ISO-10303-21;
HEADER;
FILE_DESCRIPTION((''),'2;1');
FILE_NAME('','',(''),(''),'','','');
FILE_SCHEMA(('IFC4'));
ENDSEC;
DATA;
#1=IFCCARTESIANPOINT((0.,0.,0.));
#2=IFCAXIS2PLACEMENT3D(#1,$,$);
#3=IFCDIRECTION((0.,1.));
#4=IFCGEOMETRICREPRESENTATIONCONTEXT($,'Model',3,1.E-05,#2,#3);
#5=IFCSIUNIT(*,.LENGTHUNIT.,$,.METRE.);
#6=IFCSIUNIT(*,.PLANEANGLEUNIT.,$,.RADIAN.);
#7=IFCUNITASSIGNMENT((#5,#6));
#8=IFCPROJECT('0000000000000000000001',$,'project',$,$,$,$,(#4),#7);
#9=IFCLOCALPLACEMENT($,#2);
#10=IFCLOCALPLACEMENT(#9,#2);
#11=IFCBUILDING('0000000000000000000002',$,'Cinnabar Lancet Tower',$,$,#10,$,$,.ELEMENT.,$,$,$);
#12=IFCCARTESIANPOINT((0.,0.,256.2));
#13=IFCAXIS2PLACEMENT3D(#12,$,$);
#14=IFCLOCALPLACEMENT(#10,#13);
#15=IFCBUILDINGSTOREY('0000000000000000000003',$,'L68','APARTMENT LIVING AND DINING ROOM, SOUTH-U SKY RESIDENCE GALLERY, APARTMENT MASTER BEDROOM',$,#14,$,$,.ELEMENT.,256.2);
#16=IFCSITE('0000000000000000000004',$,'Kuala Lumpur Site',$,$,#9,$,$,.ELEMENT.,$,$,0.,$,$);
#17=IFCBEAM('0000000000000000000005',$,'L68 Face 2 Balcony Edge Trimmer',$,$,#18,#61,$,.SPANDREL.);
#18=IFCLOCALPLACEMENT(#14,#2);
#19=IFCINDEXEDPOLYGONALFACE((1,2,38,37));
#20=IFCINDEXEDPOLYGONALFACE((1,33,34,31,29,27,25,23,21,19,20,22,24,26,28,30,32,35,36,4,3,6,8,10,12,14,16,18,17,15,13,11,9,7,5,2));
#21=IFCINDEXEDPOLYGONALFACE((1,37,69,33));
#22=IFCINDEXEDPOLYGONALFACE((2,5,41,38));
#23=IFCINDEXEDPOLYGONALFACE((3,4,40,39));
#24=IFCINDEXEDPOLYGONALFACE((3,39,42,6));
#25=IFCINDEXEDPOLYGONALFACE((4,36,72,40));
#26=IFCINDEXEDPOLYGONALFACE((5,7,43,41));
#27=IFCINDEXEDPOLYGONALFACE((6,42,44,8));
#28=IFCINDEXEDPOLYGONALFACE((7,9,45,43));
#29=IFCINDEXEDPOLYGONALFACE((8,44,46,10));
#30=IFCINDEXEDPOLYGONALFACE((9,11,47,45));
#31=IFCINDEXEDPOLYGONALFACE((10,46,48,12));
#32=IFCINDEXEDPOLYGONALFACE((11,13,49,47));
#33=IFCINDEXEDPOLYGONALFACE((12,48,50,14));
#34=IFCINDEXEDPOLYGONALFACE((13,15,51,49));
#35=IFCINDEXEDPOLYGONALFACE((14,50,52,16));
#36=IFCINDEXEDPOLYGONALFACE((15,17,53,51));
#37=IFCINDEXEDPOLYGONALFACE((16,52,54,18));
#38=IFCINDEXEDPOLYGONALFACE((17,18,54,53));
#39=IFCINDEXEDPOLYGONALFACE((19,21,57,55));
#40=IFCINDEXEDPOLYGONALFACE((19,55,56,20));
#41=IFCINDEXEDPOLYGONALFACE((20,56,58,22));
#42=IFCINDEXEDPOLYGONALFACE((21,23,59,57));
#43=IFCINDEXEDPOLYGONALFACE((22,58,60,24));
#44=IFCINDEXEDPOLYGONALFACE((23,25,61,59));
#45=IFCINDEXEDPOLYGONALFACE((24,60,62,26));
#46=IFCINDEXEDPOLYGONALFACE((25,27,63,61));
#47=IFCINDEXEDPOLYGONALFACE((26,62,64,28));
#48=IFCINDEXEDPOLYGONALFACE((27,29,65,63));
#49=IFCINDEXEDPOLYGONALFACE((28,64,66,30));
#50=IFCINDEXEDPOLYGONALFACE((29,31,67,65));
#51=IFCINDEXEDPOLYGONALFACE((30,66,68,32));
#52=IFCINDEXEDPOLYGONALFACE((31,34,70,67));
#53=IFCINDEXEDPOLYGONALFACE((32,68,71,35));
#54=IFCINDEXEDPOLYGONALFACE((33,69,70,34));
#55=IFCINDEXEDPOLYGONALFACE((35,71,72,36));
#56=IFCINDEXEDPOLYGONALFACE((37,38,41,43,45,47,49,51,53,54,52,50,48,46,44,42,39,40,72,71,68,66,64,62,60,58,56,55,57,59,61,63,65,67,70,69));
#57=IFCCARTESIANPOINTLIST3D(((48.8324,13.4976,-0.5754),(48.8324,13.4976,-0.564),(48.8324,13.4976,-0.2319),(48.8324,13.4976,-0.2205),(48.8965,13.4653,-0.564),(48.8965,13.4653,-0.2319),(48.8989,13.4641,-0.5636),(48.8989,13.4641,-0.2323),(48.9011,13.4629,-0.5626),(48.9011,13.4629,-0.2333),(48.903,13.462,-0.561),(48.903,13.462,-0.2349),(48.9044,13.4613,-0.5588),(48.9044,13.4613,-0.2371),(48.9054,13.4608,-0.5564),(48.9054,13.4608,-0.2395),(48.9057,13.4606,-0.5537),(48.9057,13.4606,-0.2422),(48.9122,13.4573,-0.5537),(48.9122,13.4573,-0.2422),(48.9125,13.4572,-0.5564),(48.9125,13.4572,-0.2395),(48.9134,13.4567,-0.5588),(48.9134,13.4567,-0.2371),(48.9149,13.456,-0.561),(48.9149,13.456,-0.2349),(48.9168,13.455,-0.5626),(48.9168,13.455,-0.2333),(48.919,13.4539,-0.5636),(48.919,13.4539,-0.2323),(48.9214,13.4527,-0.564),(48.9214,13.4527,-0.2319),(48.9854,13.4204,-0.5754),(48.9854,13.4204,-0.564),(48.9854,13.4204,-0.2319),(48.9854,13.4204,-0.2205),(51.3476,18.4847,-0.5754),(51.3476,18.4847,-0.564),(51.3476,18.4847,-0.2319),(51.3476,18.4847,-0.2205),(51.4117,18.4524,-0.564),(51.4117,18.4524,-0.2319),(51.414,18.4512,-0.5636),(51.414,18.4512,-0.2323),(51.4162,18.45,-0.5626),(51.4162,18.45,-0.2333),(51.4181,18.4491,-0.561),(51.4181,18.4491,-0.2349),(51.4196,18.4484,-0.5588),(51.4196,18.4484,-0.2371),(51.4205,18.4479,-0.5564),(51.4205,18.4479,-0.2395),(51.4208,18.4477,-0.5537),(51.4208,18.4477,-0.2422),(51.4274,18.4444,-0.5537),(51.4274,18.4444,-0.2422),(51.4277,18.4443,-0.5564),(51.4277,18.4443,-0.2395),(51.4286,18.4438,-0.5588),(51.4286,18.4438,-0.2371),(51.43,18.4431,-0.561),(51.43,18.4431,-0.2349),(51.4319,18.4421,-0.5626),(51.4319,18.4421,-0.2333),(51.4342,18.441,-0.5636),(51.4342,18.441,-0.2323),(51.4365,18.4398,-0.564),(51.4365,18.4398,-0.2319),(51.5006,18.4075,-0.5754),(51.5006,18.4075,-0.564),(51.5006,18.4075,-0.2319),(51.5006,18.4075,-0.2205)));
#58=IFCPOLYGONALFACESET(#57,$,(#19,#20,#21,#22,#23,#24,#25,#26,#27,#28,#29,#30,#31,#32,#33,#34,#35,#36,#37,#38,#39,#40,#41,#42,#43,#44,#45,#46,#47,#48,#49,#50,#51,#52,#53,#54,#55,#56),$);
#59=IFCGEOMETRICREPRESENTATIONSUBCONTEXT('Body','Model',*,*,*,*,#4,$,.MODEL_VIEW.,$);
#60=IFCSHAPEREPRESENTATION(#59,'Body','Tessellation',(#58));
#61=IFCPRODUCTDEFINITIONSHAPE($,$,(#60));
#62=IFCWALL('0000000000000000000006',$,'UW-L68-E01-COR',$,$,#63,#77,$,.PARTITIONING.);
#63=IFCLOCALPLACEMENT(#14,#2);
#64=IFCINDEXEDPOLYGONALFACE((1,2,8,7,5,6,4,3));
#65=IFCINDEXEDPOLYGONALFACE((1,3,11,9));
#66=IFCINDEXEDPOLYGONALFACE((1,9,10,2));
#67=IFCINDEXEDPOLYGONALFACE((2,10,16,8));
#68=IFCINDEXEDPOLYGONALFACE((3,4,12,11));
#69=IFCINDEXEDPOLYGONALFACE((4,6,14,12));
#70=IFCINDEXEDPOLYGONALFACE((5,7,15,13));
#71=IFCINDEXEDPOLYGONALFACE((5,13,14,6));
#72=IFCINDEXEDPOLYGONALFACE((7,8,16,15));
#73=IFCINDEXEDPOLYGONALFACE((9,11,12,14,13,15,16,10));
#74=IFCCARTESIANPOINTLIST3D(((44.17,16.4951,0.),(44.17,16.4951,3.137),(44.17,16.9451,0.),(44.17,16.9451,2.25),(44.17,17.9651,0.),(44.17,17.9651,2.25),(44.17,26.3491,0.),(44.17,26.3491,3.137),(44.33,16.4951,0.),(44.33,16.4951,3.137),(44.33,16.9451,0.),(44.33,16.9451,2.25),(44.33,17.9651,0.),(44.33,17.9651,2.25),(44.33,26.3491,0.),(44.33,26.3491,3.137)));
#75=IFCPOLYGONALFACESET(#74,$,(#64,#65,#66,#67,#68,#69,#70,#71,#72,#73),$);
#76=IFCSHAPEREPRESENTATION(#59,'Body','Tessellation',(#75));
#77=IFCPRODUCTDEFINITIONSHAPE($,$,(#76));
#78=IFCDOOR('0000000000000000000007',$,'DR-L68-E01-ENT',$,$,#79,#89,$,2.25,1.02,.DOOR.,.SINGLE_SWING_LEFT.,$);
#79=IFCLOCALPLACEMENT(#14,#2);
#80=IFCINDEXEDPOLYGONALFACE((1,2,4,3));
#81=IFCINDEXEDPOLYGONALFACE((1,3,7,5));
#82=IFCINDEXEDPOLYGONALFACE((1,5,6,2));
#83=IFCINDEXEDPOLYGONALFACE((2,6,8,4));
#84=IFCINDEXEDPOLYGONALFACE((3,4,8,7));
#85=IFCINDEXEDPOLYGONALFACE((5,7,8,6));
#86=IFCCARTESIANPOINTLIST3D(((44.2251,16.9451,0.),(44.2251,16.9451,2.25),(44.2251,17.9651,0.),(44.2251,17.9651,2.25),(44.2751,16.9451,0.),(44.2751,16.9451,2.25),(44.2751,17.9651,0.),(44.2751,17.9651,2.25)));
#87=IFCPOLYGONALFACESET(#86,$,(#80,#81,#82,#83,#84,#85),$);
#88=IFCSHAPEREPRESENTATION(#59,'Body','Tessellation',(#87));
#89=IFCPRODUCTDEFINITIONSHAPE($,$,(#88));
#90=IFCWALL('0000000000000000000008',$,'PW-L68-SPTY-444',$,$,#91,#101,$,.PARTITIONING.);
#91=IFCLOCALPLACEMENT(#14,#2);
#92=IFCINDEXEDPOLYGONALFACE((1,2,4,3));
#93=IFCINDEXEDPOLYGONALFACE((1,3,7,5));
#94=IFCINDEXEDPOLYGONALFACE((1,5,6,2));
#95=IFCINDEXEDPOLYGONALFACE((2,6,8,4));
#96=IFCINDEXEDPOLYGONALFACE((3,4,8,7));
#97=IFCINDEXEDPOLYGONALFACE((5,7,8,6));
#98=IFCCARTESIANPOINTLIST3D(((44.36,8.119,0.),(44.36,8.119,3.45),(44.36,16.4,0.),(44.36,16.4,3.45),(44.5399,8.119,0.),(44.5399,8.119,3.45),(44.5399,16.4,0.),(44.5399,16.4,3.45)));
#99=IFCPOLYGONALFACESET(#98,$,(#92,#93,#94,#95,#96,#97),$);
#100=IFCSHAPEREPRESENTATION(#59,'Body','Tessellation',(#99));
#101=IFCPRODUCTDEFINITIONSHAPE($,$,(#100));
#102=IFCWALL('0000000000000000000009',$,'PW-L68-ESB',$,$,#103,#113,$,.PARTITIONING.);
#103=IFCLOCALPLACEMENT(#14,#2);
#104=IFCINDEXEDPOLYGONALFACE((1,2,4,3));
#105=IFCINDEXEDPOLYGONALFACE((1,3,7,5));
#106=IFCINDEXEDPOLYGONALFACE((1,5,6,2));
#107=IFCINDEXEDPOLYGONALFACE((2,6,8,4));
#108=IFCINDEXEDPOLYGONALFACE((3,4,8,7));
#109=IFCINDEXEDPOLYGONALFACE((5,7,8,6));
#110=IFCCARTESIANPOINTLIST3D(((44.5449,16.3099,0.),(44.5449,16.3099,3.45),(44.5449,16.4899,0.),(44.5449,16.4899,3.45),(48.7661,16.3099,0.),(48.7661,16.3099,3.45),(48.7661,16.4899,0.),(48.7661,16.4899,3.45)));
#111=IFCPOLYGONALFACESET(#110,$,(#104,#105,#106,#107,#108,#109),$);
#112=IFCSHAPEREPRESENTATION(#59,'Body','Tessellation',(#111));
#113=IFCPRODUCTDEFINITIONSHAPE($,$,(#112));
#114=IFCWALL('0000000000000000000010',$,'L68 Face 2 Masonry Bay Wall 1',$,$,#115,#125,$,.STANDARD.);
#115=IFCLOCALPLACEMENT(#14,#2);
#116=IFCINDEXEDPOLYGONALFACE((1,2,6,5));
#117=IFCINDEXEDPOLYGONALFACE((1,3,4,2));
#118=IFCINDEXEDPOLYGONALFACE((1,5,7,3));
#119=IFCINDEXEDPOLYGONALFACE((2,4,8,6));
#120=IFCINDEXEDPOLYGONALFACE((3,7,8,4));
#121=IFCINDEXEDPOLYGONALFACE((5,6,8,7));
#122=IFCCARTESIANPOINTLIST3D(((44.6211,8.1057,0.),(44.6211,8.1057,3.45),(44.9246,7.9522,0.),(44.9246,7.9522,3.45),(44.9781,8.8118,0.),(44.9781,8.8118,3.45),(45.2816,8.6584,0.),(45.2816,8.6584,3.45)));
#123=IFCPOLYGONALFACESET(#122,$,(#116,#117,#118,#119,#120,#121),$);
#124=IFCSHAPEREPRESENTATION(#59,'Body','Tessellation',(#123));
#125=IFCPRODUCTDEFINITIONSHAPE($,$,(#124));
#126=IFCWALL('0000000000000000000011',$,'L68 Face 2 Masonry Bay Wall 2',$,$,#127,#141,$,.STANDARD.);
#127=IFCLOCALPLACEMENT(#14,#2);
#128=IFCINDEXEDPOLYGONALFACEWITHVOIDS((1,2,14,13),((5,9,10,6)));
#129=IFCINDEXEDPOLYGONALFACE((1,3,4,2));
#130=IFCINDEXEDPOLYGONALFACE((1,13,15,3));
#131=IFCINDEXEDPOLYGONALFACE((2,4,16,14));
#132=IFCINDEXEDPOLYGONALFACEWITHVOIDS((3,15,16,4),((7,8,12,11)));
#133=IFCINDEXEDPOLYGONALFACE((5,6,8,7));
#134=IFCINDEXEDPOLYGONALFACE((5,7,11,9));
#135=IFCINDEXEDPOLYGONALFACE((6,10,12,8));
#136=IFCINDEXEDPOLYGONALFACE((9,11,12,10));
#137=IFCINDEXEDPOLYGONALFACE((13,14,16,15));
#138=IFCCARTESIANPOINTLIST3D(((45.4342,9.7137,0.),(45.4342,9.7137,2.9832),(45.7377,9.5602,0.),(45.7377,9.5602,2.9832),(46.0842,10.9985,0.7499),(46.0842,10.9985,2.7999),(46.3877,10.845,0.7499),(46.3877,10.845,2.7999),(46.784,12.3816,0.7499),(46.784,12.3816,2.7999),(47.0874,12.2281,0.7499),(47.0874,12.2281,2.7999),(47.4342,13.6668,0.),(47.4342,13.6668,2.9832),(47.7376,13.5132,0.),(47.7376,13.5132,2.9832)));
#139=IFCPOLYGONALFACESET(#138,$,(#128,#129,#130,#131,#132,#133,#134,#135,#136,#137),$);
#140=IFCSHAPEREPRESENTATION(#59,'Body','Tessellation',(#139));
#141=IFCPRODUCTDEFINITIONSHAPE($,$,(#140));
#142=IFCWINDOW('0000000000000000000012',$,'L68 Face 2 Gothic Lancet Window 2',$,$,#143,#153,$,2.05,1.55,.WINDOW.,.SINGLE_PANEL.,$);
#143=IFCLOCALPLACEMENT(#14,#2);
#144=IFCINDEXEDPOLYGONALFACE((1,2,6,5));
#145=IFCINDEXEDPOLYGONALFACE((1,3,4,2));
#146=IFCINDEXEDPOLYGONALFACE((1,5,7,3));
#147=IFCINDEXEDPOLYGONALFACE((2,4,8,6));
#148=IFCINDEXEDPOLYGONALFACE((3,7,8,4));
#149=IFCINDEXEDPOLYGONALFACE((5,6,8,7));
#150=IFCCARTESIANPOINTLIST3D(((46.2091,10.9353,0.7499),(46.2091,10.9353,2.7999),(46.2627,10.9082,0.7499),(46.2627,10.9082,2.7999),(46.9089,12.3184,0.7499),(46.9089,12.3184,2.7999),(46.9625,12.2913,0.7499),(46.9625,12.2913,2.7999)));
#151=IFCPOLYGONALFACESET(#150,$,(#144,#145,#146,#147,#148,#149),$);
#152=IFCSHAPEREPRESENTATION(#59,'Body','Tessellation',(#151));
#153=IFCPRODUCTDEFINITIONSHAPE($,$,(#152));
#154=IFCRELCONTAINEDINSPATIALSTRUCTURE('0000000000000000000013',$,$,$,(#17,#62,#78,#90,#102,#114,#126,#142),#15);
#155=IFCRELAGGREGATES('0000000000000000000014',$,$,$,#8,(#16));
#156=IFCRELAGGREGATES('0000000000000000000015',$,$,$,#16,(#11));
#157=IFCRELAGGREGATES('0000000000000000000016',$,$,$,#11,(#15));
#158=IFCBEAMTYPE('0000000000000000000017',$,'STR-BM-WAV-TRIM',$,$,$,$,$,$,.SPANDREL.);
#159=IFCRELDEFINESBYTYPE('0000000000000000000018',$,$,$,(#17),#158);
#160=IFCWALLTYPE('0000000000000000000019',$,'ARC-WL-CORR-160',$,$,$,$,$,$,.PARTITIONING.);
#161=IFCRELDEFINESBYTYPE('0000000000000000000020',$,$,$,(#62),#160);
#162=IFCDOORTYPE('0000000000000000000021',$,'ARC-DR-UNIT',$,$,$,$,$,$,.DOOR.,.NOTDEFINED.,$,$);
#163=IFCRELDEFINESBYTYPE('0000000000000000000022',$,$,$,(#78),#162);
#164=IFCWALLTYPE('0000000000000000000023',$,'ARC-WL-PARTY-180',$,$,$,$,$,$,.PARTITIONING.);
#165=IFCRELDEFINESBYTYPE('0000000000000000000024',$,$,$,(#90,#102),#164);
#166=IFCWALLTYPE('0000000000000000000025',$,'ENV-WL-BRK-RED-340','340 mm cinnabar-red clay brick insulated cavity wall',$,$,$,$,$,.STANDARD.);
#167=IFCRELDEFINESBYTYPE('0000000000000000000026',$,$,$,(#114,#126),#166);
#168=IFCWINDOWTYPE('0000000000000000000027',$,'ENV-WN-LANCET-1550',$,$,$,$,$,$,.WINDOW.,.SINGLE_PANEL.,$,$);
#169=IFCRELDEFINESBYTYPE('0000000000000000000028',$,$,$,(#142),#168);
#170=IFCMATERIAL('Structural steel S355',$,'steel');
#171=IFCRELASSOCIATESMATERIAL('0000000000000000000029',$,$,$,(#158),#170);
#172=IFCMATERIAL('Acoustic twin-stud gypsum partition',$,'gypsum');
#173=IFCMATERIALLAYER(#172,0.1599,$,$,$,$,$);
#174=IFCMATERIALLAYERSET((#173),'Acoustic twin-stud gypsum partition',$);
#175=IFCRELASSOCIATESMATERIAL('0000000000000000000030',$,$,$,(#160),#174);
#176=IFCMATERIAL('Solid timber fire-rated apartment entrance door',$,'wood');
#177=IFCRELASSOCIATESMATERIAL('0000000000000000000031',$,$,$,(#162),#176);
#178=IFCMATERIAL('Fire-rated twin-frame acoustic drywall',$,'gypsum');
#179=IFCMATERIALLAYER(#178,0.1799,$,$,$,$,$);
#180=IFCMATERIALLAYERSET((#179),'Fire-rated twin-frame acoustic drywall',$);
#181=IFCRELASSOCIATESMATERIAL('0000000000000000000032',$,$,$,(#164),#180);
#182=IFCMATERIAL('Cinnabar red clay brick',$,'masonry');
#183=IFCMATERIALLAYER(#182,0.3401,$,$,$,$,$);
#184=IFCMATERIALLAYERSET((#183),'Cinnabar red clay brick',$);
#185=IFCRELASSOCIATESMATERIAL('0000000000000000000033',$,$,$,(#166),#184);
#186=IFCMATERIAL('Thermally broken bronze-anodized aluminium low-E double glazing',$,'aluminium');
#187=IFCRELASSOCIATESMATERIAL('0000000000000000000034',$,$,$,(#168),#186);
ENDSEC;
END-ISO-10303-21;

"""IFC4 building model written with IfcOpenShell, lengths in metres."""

from ifc_helpers import new_model, si_unit, direction, frame, frame_2d, origin, origin_2d, place, context, subcontext, project, spatial, rectangle, i_section, extrude, material, layer, layer_set, material_profile, profile_set, type_object, element, fill, save


model = new_model("IFC4")

# Units and contexts
model_context = context("Model", 3, precision=1e-05, world=origin(), true_north=direction((0.0, 1.0)))
body_context = subcontext(model_context, "Body", "Model", "MODEL_VIEW")
ifc_project = project(units=[si_unit("LENGTHUNIT", "METRE"), si_unit("PLANEANGLEUNIT", "RADIAN")], contexts=[model_context])

# Site, building, storey
site_placement = place(None, origin())
site = spatial("IfcSite", under=ifc_project, at=site_placement, Name="Kuala Lumpur Site", CompositionType="ELEMENT", RefElevation=0.0)
building_placement = place(site_placement, origin())
building = spatial("IfcBuilding", under=site, at=building_placement, Name="Cinnabar Lancet Tower", CompositionType="ELEMENT")
storey_placement = place(building_placement, frame((0.0, 0.0, 256.2)))
storey = spatial("IfcBuildingStorey", under=building, at=storey_placement, Name="L68", Description="APARTMENT LIVING AND DINING ROOM, SOUTH-U SKY RESIDENCE GALLERY, APARTMENT MASTER BEDROOM", CompositionType="ELEMENT", Elevation=256.2)

# Beam
ifc_material_1 = material(Name="Structural steel S355", Category="steel")
ifc_material_profile_1 = material_profile(ifc_material_1, i_section(OverallWidth=0.1714, OverallDepth=0.355, WebThickness=0.0073, FlangeThickness=0.0115, FilletRadius=0.0103, at=origin_2d()), Name="UKB 356x171x51")
ifc_profile_set_1 = profile_set([ifc_material_profile_1], Name="Structural steel S355")
beam_type_1 = type_object("IfcBeamType", Name="STR-BM-WAV-TRIM", PredefinedType="SPANDREL", material=ifc_profile_set_1)
beam_1_placement = place(storey_placement, frame((48.9089, 13.459, -0.3979), z_axis=(0.450306, 0.892874, 0.0), x_axis=(-0.892874, 0.450306, 0.0)))
element("IfcBeam", 1, at=beam_1_placement, inside=storey, type_object=beam_type_1, Name="L68 Face 2 Balcony Edge Trimmer", PredefinedType="SPANDREL", context=body_context, shape_type="SweptSolid", body=[
    extrude(i_section(OverallWidth=0.1714, OverallDepth=0.355, WebThickness=0.0073, FlangeThickness=0.0115, FilletRadius=0.0103, at=origin_2d()), origin(), (0.0, 0.0, 1.0), 5.5854),
])

# Wall, opening, door
ifc_material_2 = material(Name="Acoustic twin-stud gypsum partition", Category="gypsum")
ifc_layer_1 = layer(ifc_material_2, 0.1599)
ifc_layer_set_1 = layer_set([ifc_layer_1], Name="Acoustic twin-stud gypsum partition")
wall_type_1 = type_object("IfcWallType", Name="ARC-WL-CORR-160", PredefinedType="PARTITIONING", material=ifc_layer_set_1)
wall_1_placement = place(storey_placement, frame((44.25, 16.4951, 0.0), z_axis=(0.0, 0.0, 1.0), x_axis=(0.0, 1.0, 0.0)))
wall_1 = element("IfcWall", 2, at=wall_1_placement, inside=storey, type_object=wall_type_1, Name="UW-L68-E01-COR", PredefinedType="PARTITIONING", context=body_context, shape_type="SweptSolid", body=[
    extrude(rectangle(XDim=9.854, YDim=0.1599, at=frame_2d((4.927, 0.0))), origin(), (0.0, 0.0, 1.0), 3.137),
])
opening_1_placement = place(wall_1_placement, frame((0.45, 0.0, 0.0)))
opening_1 = element("IfcOpeningElement", 3, at=opening_1_placement, cuts=wall_1, PredefinedType="OPENING", context=body_context, shape_type="SweptSolid", body=[
    extrude(rectangle(XDim=1.02, YDim=2.25, at=frame_2d((0.51, 1.125))), frame((0.0, 0.0898, 0.0), z_axis=(0.0, -1.0, 0.0), x_axis=(1.0, 0.0, 0.0)), (0.0, 0.0, 1.0), 0.1799),
])
ifc_material_3 = material(Name="Solid timber fire-rated apartment entrance door", Category="wood")
door_type_1 = type_object("IfcDoorType", Name="ARC-DR-UNIT", OperationType="NOTDEFINED", PredefinedType="DOOR", material=ifc_material_3)
door_1_placement = place(opening_1_placement, origin())
door_1 = element("IfcDoor", 4, at=door_1_placement, inside=storey, type_object=door_type_1, Name="DR-L68-E01-ENT", OperationType="SINGLE_SWING_LEFT", OverallHeight=2.25, OverallWidth=1.02, PredefinedType="DOOR", context=body_context, shape_type="SweptSolid", body=[
    extrude(rectangle(XDim=1.02, YDim=2.25, at=frame_2d((0.51, 1.125))), frame((0.0, 0.0249, 0.0), z_axis=(0.0, -1.0, 0.0), x_axis=(1.0, 0.0, 0.0)), (0.0, 0.0, 1.0), 0.05),
])
fill(opening_1, door_1)

# Walls
ifc_material_4 = material(Name="Fire-rated twin-frame acoustic drywall", Category="gypsum")
ifc_layer_2 = layer(ifc_material_4, 0.1799)
ifc_layer_set_2 = layer_set([ifc_layer_2], Name="Fire-rated twin-frame acoustic drywall")
wall_type_2 = type_object("IfcWallType", Name="ARC-WL-PARTY-180", PredefinedType="PARTITIONING", material=ifc_layer_set_2)
wall_2_placement = place(storey_placement, frame((44.45, 8.1189, 0.0), z_axis=(0.0, 0.0, 1.0), x_axis=(0.0, 1.0, 0.0)))
element("IfcWall", 5, at=wall_2_placement, inside=storey, type_object=wall_type_2, Name="PW-L68-SPTY-444", PredefinedType="PARTITIONING", context=body_context, shape_type="SweptSolid", body=[
    extrude(rectangle(XDim=8.281, YDim=0.1799, at=frame_2d((4.1406, 0.0))), origin(), (0.0, 0.0, 1.0), 3.45),
])
wall_3_placement = place(storey_placement, frame((44.5449, 16.3999, 0.0), z_axis=(0.0, 0.0, 1.0), x_axis=(1.0, 0.0, 0.0)))
element("IfcWall", 6, at=wall_3_placement, inside=storey, type_object=wall_type_2, Name="PW-L68-ESB", PredefinedType="PARTITIONING", context=body_context, shape_type="SweptSolid", body=[
    extrude(rectangle(XDim=4.2212, YDim=0.1799, at=frame_2d((2.1106, 0.0))), origin(), (0.0, 0.0, 1.0), 3.45),
])
ifc_material_5 = material(Name="Cinnabar red clay brick", Category="masonry")
ifc_layer_3 = layer(ifc_material_5, 0.3401)
ifc_layer_set_3 = layer_set([ifc_layer_3], Name="Cinnabar red clay brick")
wall_type_3 = type_object("IfcWallType", Name="ENV-WL-BRK-RED-340", Description="340 mm cinnabar-red clay brick insulated cavity wall", PredefinedType="STANDARD", material=ifc_layer_set_3)
wall_4_placement = place(storey_placement, frame((44.7729, 8.0291, 0.0), z_axis=(0.0, 0.0, 1.0), x_axis=(0.451159, 0.892443, 0.0)))
element("IfcWall", 7, at=wall_4_placement, inside=storey, type_object=wall_type_3, Name="L68 Face 2 Masonry Bay Wall 1", PredefinedType="STANDARD", context=body_context, shape_type="SweptSolid", body=[
    extrude(rectangle(XDim=0.7913, YDim=0.3401, at=frame_2d((0.3955, 0.0))), origin(), (0.0, 0.0, 1.0), 3.45),
])

# Wall, opening, window
wall_5_placement = place(storey_placement, frame((45.5859, 9.637, 0.0), z_axis=(0.0, 0.0, 1.0), x_axis=(0.451441, 0.892301, 0.0)))
wall_5 = element("IfcWall", 8, at=wall_5_placement, inside=storey, type_object=wall_type_3, Name="L68 Face 2 Masonry Bay Wall 2", PredefinedType="STANDARD", context=body_context, shape_type="SweptSolid", body=[
    extrude(rectangle(XDim=4.4302, YDim=0.3401, at=frame_2d((2.2151, 0.0))), origin(), (0.0, 0.0, 1.0), 2.9832),
])
opening_2_placement = place(wall_5_placement, frame((1.4399, 0.0, 0.75)))
opening_2 = element("IfcOpeningElement", 9, at=opening_2_placement, cuts=wall_5, PredefinedType="OPENING", context=body_context, shape_type="SweptSolid", body=[
    extrude(rectangle(XDim=1.55, YDim=2.05, at=frame_2d((0.7749, 1.0249))), frame((0.0, 0.1799, 0.0), z_axis=(0.0, -1.0, 0.0), x_axis=(1.0, 0.0, 0.0)), (0.0, 0.0, 1.0), 0.3601),
])
ifc_material_6 = material(Name="Thermally broken bronze-anodized aluminium low-E double glazing", Category="aluminium")
window_type_1 = type_object("IfcWindowType", Name="ENV-WN-LANCET-1550", PartitioningType="SINGLE_PANEL", PredefinedType="WINDOW", material=ifc_material_6)
window_1_placement = place(opening_2_placement, origin())
window_1 = element("IfcWindow", 10, at=window_1_placement, inside=storey, type_object=window_type_1, Name="L68 Face 2 Gothic Lancet Window 2", OverallHeight=2.05, OverallWidth=1.55, PartitioningType="SINGLE_PANEL", PredefinedType="WINDOW", context=body_context, shape_type="SweptSolid", body=[
    extrude(rectangle(XDim=1.55, YDim=2.05, at=frame_2d((0.7749, 1.0249))), frame((0.0, 0.03, 0.0), z_axis=(0.0, -1.0, 0.0), x_axis=(1.0, 0.0, 0.0)), (0.0, 0.0, 1.0), 0.0601),
])
fill(opening_2, window_1)

save(model, "model.ifc")
